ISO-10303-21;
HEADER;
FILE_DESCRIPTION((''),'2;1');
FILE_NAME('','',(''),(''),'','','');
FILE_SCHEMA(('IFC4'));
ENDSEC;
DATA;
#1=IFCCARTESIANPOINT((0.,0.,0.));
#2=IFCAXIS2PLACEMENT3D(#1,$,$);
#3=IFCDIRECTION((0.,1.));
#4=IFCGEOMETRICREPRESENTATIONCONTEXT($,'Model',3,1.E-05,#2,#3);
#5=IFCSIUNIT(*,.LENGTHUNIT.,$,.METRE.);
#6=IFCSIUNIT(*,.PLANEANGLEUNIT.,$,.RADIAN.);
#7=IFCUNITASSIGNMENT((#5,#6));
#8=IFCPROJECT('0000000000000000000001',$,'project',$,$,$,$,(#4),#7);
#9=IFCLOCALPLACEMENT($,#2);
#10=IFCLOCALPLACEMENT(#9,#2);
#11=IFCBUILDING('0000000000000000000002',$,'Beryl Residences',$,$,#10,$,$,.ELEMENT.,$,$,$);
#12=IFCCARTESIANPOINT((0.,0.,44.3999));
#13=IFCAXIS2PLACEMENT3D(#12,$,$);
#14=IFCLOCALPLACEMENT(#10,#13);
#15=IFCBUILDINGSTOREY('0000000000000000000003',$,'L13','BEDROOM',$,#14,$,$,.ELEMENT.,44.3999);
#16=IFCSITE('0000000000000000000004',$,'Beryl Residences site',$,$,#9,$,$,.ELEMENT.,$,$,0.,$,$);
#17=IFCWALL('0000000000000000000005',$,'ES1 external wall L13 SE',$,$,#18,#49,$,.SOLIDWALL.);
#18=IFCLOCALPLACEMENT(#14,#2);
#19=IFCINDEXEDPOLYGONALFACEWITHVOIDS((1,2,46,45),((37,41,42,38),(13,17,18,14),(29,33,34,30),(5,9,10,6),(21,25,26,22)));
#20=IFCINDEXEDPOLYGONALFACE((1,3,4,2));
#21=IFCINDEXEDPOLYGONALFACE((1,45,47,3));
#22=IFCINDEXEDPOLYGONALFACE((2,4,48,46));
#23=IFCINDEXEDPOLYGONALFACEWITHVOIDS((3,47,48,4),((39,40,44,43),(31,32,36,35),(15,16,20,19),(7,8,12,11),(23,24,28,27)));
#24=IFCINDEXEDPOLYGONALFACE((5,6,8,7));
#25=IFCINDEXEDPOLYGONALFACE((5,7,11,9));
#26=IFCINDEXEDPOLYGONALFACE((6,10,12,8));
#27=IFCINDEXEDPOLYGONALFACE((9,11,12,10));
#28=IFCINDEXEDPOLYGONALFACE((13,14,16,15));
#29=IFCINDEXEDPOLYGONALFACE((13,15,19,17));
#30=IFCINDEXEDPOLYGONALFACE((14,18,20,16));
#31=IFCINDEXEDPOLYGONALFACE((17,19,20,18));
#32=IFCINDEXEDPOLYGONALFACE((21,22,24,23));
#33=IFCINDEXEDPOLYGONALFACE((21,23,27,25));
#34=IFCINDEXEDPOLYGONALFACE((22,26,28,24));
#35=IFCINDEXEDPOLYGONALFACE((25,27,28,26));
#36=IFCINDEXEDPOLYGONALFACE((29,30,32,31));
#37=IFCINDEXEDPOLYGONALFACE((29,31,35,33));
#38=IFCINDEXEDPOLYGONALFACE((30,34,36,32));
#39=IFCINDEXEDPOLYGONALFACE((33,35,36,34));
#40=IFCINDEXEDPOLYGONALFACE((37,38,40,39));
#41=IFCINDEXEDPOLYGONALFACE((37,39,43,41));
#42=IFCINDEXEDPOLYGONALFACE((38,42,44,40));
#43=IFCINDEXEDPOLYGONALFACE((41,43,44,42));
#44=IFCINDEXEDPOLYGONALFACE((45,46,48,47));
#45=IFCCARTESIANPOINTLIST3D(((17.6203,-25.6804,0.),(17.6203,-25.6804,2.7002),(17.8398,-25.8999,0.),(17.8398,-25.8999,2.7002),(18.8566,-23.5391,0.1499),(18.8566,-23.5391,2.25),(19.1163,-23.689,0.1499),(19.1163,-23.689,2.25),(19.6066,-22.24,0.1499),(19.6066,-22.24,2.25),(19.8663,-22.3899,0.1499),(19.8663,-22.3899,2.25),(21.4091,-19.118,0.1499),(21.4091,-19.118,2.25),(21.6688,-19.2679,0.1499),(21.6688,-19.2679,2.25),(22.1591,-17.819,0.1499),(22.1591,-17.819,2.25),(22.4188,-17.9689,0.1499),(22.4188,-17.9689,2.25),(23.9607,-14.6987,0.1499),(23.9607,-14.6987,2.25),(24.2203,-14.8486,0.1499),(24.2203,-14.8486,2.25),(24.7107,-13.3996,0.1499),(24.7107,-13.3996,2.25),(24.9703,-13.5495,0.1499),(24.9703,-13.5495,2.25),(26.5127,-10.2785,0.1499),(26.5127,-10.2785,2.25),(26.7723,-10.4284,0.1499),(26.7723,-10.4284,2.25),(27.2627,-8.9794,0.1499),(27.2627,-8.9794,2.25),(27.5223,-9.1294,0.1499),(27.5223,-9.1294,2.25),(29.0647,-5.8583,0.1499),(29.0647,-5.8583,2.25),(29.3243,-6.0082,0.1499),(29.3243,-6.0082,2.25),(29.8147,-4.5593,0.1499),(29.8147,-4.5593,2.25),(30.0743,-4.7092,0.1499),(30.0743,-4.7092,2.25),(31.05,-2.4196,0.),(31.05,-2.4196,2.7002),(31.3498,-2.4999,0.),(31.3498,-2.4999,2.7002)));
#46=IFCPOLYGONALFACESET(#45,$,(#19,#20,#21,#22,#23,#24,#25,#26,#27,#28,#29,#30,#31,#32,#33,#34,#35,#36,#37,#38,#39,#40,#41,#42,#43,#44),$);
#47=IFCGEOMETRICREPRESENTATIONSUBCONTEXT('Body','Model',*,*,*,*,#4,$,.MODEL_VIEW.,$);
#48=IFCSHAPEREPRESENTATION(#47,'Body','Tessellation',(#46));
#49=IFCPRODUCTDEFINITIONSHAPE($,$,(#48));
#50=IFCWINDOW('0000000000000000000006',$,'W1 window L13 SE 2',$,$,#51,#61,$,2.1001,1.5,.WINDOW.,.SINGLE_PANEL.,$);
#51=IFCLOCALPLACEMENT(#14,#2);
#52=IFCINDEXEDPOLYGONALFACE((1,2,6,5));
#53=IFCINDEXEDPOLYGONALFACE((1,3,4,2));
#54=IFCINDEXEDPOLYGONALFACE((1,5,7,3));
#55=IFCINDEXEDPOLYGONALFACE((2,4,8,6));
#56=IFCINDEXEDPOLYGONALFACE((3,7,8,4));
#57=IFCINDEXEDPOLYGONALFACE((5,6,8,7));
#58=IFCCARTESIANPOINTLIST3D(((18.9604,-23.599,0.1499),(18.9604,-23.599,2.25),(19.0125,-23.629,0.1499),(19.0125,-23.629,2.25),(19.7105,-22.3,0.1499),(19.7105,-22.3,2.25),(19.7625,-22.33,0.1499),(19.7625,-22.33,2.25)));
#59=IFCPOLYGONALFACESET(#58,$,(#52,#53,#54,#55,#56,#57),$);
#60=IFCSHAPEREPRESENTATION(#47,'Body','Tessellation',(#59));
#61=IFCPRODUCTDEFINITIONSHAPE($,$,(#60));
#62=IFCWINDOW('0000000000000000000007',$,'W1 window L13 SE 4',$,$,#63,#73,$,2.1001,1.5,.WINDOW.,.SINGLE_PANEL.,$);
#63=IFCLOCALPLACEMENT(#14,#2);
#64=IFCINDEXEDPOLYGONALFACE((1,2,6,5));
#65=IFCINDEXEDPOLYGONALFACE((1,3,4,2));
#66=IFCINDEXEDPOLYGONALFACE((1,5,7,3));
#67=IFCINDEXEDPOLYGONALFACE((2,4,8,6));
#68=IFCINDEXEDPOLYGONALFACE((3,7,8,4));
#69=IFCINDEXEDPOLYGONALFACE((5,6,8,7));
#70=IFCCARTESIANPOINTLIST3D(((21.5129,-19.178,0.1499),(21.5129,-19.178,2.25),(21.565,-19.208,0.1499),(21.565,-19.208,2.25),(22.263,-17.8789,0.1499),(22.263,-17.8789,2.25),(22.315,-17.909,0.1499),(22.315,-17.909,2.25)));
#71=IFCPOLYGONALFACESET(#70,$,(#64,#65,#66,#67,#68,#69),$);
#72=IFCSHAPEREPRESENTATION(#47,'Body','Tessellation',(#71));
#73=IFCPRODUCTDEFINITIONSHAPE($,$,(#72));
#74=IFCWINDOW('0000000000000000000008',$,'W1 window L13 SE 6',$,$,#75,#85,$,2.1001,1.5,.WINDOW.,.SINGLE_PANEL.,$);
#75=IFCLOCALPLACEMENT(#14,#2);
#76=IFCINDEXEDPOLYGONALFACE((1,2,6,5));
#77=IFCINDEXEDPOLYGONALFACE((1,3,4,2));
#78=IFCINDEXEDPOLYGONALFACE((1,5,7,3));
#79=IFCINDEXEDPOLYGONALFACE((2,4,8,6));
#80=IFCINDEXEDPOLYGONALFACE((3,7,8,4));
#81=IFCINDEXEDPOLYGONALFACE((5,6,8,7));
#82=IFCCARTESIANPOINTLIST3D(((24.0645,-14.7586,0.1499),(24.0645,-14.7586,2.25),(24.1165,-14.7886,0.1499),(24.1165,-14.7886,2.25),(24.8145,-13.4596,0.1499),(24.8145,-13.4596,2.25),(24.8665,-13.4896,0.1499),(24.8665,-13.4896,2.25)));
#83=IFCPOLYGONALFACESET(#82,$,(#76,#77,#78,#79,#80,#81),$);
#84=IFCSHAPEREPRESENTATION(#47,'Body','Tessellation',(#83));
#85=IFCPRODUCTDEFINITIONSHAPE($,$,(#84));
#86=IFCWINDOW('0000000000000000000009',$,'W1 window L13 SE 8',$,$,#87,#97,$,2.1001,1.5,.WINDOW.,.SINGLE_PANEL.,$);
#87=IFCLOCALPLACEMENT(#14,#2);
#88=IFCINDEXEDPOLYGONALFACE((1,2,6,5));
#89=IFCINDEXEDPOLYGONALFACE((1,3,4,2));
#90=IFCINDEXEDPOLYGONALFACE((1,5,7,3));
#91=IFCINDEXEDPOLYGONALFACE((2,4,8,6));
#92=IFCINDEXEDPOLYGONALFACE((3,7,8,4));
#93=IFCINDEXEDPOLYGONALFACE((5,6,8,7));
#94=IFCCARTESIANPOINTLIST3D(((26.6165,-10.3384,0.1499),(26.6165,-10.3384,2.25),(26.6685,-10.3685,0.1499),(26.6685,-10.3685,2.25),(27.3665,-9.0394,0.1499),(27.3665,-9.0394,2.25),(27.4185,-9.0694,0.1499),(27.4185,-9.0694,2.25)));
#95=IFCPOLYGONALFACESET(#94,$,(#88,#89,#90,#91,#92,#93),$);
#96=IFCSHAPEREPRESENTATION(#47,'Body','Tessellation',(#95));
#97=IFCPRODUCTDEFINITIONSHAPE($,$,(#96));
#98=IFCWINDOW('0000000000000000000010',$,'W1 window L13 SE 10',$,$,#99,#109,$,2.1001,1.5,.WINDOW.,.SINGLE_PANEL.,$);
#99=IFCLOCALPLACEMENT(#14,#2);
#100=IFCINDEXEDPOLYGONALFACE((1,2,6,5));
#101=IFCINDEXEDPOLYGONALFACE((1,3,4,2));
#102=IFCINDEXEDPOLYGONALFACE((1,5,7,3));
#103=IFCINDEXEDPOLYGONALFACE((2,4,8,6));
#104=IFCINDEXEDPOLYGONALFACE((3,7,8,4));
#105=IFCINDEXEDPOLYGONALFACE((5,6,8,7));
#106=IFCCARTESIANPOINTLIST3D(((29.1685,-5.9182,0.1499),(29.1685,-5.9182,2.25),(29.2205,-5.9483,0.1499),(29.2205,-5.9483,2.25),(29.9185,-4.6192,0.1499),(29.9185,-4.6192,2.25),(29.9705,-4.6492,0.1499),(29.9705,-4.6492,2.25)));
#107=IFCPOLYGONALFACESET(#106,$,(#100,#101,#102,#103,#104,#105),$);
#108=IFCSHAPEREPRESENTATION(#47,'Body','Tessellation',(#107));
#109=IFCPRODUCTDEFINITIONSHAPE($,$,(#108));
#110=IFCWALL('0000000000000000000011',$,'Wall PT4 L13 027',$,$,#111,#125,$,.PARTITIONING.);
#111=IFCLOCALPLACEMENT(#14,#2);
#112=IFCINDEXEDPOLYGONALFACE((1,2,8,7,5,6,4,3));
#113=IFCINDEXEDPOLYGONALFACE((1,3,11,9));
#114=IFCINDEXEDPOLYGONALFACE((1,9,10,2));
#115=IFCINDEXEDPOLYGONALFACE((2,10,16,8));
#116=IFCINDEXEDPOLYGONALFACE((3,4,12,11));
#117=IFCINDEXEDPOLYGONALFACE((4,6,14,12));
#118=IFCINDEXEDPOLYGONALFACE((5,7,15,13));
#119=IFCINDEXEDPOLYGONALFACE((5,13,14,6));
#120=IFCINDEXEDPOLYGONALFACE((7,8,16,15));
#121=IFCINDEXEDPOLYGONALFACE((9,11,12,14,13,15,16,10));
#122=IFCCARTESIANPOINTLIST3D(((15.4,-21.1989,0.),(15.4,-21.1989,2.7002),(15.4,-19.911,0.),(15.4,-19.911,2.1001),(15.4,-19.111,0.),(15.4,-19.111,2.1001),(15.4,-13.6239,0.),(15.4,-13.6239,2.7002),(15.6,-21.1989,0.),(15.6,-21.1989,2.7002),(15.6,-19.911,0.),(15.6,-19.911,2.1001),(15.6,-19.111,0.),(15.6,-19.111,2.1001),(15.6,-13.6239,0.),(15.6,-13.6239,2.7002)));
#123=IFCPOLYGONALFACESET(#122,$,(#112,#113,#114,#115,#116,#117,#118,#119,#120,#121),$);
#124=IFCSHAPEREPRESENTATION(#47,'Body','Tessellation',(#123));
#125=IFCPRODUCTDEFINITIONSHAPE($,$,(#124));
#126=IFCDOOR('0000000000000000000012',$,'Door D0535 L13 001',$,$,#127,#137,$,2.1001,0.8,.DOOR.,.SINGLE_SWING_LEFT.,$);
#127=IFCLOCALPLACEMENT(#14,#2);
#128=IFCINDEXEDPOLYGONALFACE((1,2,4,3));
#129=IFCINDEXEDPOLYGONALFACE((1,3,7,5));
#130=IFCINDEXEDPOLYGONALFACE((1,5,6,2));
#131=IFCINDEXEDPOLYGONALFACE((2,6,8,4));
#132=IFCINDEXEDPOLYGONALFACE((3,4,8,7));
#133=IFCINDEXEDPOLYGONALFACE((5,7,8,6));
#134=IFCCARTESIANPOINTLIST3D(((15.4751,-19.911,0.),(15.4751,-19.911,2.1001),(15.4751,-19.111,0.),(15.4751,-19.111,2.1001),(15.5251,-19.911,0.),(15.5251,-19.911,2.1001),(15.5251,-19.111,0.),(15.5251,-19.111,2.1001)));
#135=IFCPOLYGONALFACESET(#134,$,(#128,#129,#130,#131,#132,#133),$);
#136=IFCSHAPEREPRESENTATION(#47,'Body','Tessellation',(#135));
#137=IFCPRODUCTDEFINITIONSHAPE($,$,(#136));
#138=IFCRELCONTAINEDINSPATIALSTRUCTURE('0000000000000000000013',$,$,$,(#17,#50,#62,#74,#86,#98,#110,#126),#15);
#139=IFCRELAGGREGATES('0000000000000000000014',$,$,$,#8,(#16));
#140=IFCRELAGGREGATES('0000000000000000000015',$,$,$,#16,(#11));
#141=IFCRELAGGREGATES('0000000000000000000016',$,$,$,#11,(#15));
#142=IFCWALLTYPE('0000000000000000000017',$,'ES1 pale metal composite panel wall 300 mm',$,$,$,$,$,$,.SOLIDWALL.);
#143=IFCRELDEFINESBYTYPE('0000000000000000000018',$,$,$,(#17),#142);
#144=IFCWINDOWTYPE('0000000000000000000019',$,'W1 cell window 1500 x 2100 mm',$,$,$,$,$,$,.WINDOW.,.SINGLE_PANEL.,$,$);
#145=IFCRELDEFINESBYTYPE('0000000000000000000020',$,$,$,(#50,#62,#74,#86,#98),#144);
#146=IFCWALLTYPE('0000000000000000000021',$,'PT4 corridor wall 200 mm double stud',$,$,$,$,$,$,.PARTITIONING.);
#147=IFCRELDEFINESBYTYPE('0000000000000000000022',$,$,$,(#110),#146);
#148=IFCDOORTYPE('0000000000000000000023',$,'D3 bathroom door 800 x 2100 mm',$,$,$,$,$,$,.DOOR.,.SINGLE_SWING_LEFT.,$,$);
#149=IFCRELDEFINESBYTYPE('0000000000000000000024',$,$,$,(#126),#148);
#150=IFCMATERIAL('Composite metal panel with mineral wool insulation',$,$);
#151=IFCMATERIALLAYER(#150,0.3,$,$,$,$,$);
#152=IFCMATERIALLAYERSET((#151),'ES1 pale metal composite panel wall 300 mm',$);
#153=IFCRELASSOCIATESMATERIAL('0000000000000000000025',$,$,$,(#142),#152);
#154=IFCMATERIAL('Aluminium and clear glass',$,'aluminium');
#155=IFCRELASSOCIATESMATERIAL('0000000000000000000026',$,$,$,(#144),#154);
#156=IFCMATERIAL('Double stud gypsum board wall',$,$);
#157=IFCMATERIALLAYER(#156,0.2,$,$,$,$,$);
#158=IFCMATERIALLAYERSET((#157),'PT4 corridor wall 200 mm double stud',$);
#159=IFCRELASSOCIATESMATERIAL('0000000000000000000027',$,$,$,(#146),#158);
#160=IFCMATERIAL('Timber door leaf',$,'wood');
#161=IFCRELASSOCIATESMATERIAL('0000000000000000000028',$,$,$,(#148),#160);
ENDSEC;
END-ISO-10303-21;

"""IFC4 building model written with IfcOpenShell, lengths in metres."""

from ifc_helpers import new_model, si_unit, direction, frame, frame_2d, origin, place, context, subcontext, project, spatial, polyline, rectangle, outline, extrude, material, layer, layer_set, type_object, element, fill, save


model = new_model("IFC4")

# Units and contexts
model_context = context("Model", 3, precision=1e-05, world=origin(), true_north=direction((0.0, 1.0)))
body_context = subcontext(model_context, "Body", "Model", "MODEL_VIEW")
ifc_project = project(units=[si_unit("LENGTHUNIT", "METRE"), si_unit("PLANEANGLEUNIT", "RADIAN")], contexts=[model_context])

# Site, building, storey
site_placement = place(None, origin())
site = spatial("IfcSite", under=ifc_project, at=site_placement, Name="Beryl Residences site", CompositionType="ELEMENT", RefElevation=0.0)
building_placement = place(site_placement, origin())
building = spatial("IfcBuilding", under=site, at=building_placement, Name="Beryl Residences", CompositionType="ELEMENT")
storey_placement = place(building_placement, frame((0.0, 0.0, 44.3999)))
storey = spatial("IfcBuildingStorey", under=building, at=storey_placement, Name="L13", Description="BEDROOM", CompositionType="ELEMENT", Elevation=44.3999)

# Shared definitions
ifc_material_1 = material(Name="Composite metal panel with mineral wool insulation")
ifc_layer_1 = layer(ifc_material_1, 0.3)
ifc_layer_set_1 = layer_set([ifc_layer_1], Name="ES1 pale metal composite panel wall 300 mm")
wall_type_1 = type_object("IfcWallType", Name="ES1 pale metal composite panel wall 300 mm", PredefinedType="SOLIDWALL", material=ifc_layer_set_1)

# Wall, openings, windows
wall_1_placement = place(storey_placement, frame((17.71, -25.825, 0.0), z_axis=(0.0, 0.0, 1.0), x_axis=(0.500002, 0.866024, 0.0)))
wall_1 = element("IfcWall", 1, at=wall_1_placement, inside=storey, type_object=wall_type_1, Name="ES1 external wall L13 SE", PredefinedType="SOLIDWALL", context=body_context, shape_type="SweptSolid", body=[
    extrude(outline(polyline([(0.0, -0.1499), (27.02, -0.1499), (26.9397, 0.1499), (0.0803, 0.1499), (0.0, -0.1499)])), origin(), (0.0, 0.0, 1.0), 2.7002),
])
opening_1_placement = place(wall_1_placement, frame((2.553, 0.0, 0.1499)))
opening_1 = element("IfcOpeningElement", 2, at=opening_1_placement, cuts=wall_1, PredefinedType="OPENING", context=body_context, shape_type="SweptSolid", body=[
    extrude(rectangle(XDim=1.5, YDim=2.1001, at=frame_2d((0.75, 1.05))), frame((0.0, 0.1599, 0.0), z_axis=(0.0, -1.0, 0.0), x_axis=(1.0, 0.0, 0.0)), (0.0, 0.0, 1.0), 0.3201),
])
opening_2_placement = place(wall_1_placement, frame((7.658, 0.0, 0.1499)))
opening_2 = element("IfcOpeningElement", 3, at=opening_2_placement, cuts=wall_1, PredefinedType="OPENING", context=body_context, shape_type="SweptSolid", body=[
    extrude(rectangle(XDim=1.5, YDim=2.1001, at=frame_2d((0.75, 1.05))), frame((0.0, 0.1599, 0.0), z_axis=(0.0, -1.0, 0.0), x_axis=(1.0, 0.0, 0.0)), (0.0, 0.0, 1.0), 0.3201),
])
opening_3_placement = place(wall_1_placement, frame((12.761, 0.0, 0.1499)))
opening_3 = element("IfcOpeningElement", 4, at=opening_3_placement, cuts=wall_1, PredefinedType="OPENING", context=body_context, shape_type="SweptSolid", body=[
    extrude(rectangle(XDim=1.5, YDim=2.1001, at=frame_2d((0.75, 1.05))), frame((0.0, 0.1599, 0.0), z_axis=(0.0, -1.0, 0.0), x_axis=(1.0, 0.0, 0.0)), (0.0, 0.0, 1.0), 0.3201),
])
opening_4_placement = place(wall_1_placement, frame((17.865, 0.0, 0.1499)))
opening_4 = element("IfcOpeningElement", 5, at=opening_4_placement, cuts=wall_1, PredefinedType="OPENING", context=body_context, shape_type="SweptSolid", body=[
    extrude(rectangle(XDim=1.5, YDim=2.1001, at=frame_2d((0.75, 1.05))), frame((0.0, 0.1599, 0.0), z_axis=(0.0, -1.0, 0.0), x_axis=(1.0, 0.0, 0.0)), (0.0, 0.0, 1.0), 0.3201),
])
opening_5_placement = place(wall_1_placement, frame((22.969, 0.0, 0.1499)))
opening_5 = element("IfcOpeningElement", 6, at=opening_5_placement, cuts=wall_1, PredefinedType="OPENING", context=body_context, shape_type="SweptSolid", body=[
    extrude(rectangle(XDim=1.5, YDim=2.1001, at=frame_2d((0.75, 1.05))), frame((0.0, 0.1599, 0.0), z_axis=(0.0, -1.0, 0.0), x_axis=(1.0, 0.0, 0.0)), (0.0, 0.0, 1.0), 0.3201),
])
ifc_material_2 = material(Name="Aluminium and clear glass", Category="aluminium")
window_type_1 = type_object("IfcWindowType", Name="W1 cell window 1500 x 2100 mm", PartitioningType="SINGLE_PANEL", PredefinedType="WINDOW", material=ifc_material_2)
window_1_placement = place(opening_1_placement, origin())
window_1 = element("IfcWindow", 7, at=window_1_placement, inside=storey, type_object=window_type_1, Name="W1 window L13 SE 2", OverallHeight=2.1001, OverallWidth=1.5, PartitioningType="SINGLE_PANEL", PredefinedType="WINDOW", context=body_context, shape_type="SweptSolid", body=[
    extrude(rectangle(XDim=1.5, YDim=2.1001, at=frame_2d((0.75, 1.05))), frame((0.0, 0.03, 0.0), z_axis=(0.0, -1.0, 0.0), x_axis=(1.0, 0.0, 0.0)), (0.0, 0.0, 1.0), 0.0601),
])
fill(opening_1, window_1)
window_2_placement = place(opening_2_placement, origin())
window_2 = element("IfcWindow", 8, at=window_2_placement, inside=storey, type_object=window_type_1, Name="W1 window L13 SE 4", OverallHeight=2.1001, OverallWidth=1.5, PartitioningType="SINGLE_PANEL", PredefinedType="WINDOW", context=body_context, shape_type="SweptSolid", body=[
    extrude(rectangle(XDim=1.5, YDim=2.1001, at=frame_2d((0.75, 1.05))), frame((0.0, 0.03, 0.0), z_axis=(0.0, -1.0, 0.0), x_axis=(1.0, 0.0, 0.0)), (0.0, 0.0, 1.0), 0.0601),
])
fill(opening_2, window_2)
window_3_placement = place(opening_3_placement, origin())
window_3 = element("IfcWindow", 9, at=window_3_placement, inside=storey, type_object=window_type_1, Name="W1 window L13 SE 6", OverallHeight=2.1001, OverallWidth=1.5, PartitioningType="SINGLE_PANEL", PredefinedType="WINDOW", context=body_context, shape_type="SweptSolid", body=[
    extrude(rectangle(XDim=1.5, YDim=2.1001, at=frame_2d((0.75, 1.05))), frame((0.0, 0.03, 0.0), z_axis=(0.0, -1.0, 0.0), x_axis=(1.0, 0.0, 0.0)), (0.0, 0.0, 1.0), 0.0601),
])
fill(opening_3, window_3)
window_4_placement = place(opening_4_placement, origin())
window_4 = element("IfcWindow", 10, at=window_4_placement, inside=storey, type_object=window_type_1, Name="W1 window L13 SE 8", OverallHeight=2.1001, OverallWidth=1.5, PartitioningType="SINGLE_PANEL", PredefinedType="WINDOW", context=body_context, shape_type="SweptSolid", body=[
    extrude(rectangle(XDim=1.5, YDim=2.1001, at=frame_2d((0.75, 1.05))), frame((0.0, 0.03, 0.0), z_axis=(0.0, -1.0, 0.0), x_axis=(1.0, 0.0, 0.0)), (0.0, 0.0, 1.0), 0.0601),
])
fill(opening_4, window_4)
window_5_placement = place(opening_5_placement, origin())
window_5 = element("IfcWindow", 11, at=window_5_placement, inside=storey, type_object=window_type_1, Name="W1 window L13 SE 10", OverallHeight=2.1001, OverallWidth=1.5, PartitioningType="SINGLE_PANEL", PredefinedType="WINDOW", context=body_context, shape_type="SweptSolid", body=[
    extrude(rectangle(XDim=1.5, YDim=2.1001, at=frame_2d((0.75, 1.05))), frame((0.0, 0.03, 0.0), z_axis=(0.0, -1.0, 0.0), x_axis=(1.0, 0.0, 0.0)), (0.0, 0.0, 1.0), 0.0601),
])
fill(opening_5, window_5)

# Wall, opening, door
ifc_material_3 = material(Name="Double stud gypsum board wall")
ifc_layer_2 = layer(ifc_material_3, 0.2)
ifc_layer_set_2 = layer_set([ifc_layer_2], Name="PT4 corridor wall 200 mm double stud")
wall_type_2 = type_object("IfcWallType", Name="PT4 corridor wall 200 mm double stud", PredefinedType="PARTITIONING", material=ifc_layer_set_2)
wall_2_placement = place(storey_placement, frame((15.5, -21.199, 0.0), z_axis=(0.0, 0.0, 1.0), x_axis=(0.0, 1.0, 0.0)))
wall_2 = element("IfcWall", 12, at=wall_2_placement, inside=storey, type_object=wall_type_2, Name="Wall PT4 L13 027", PredefinedType="PARTITIONING", context=body_context, shape_type="SweptSolid", body=[
    extrude(rectangle(XDim=7.575, YDim=0.2, at=frame_2d((3.7876, 0.0))), origin(), (0.0, 0.0, 1.0), 2.7002),
])
opening_6_placement = place(wall_2_placement, frame((1.2881, 0.0, 0.0)))
opening_6 = element("IfcOpeningElement", 13, at=opening_6_placement, cuts=wall_2, PredefinedType="OPENING", context=body_context, shape_type="SweptSolid", body=[
    extrude(rectangle(XDim=0.8, YDim=2.1001, at=frame_2d((0.3999, 1.05))), frame((0.0, 0.1099, 0.0), z_axis=(0.0, -1.0, 0.0), x_axis=(1.0, 0.0, 0.0)), (0.0, 0.0, 1.0), 0.22),
])
ifc_material_4 = material(Name="Timber door leaf", Category="wood")
door_type = type_object("IfcDoorType", Name="D3 bathroom door 800 x 2100 mm", OperationType="SINGLE_SWING_LEFT", PredefinedType="DOOR", material=ifc_material_4)
door_placement = place(opening_6_placement, origin())
door = element("IfcDoor", 14, at=door_placement, inside=storey, type_object=door_type, Name="Door D0535 L13 001", OperationType="SINGLE_SWING_LEFT", OverallHeight=2.1001, OverallWidth=0.8, PredefinedType="DOOR", context=body_context, shape_type="SweptSolid", body=[
    extrude(rectangle(XDim=0.8, YDim=2.1001, at=frame_2d((0.3999, 1.05))), frame((0.0, 0.0249, 0.0), z_axis=(0.0, -1.0, 0.0), x_axis=(1.0, 0.0, 0.0)), (0.0, 0.0, 1.0), 0.05),
])
fill(opening_6, door)

save(model, "model.ifc")
